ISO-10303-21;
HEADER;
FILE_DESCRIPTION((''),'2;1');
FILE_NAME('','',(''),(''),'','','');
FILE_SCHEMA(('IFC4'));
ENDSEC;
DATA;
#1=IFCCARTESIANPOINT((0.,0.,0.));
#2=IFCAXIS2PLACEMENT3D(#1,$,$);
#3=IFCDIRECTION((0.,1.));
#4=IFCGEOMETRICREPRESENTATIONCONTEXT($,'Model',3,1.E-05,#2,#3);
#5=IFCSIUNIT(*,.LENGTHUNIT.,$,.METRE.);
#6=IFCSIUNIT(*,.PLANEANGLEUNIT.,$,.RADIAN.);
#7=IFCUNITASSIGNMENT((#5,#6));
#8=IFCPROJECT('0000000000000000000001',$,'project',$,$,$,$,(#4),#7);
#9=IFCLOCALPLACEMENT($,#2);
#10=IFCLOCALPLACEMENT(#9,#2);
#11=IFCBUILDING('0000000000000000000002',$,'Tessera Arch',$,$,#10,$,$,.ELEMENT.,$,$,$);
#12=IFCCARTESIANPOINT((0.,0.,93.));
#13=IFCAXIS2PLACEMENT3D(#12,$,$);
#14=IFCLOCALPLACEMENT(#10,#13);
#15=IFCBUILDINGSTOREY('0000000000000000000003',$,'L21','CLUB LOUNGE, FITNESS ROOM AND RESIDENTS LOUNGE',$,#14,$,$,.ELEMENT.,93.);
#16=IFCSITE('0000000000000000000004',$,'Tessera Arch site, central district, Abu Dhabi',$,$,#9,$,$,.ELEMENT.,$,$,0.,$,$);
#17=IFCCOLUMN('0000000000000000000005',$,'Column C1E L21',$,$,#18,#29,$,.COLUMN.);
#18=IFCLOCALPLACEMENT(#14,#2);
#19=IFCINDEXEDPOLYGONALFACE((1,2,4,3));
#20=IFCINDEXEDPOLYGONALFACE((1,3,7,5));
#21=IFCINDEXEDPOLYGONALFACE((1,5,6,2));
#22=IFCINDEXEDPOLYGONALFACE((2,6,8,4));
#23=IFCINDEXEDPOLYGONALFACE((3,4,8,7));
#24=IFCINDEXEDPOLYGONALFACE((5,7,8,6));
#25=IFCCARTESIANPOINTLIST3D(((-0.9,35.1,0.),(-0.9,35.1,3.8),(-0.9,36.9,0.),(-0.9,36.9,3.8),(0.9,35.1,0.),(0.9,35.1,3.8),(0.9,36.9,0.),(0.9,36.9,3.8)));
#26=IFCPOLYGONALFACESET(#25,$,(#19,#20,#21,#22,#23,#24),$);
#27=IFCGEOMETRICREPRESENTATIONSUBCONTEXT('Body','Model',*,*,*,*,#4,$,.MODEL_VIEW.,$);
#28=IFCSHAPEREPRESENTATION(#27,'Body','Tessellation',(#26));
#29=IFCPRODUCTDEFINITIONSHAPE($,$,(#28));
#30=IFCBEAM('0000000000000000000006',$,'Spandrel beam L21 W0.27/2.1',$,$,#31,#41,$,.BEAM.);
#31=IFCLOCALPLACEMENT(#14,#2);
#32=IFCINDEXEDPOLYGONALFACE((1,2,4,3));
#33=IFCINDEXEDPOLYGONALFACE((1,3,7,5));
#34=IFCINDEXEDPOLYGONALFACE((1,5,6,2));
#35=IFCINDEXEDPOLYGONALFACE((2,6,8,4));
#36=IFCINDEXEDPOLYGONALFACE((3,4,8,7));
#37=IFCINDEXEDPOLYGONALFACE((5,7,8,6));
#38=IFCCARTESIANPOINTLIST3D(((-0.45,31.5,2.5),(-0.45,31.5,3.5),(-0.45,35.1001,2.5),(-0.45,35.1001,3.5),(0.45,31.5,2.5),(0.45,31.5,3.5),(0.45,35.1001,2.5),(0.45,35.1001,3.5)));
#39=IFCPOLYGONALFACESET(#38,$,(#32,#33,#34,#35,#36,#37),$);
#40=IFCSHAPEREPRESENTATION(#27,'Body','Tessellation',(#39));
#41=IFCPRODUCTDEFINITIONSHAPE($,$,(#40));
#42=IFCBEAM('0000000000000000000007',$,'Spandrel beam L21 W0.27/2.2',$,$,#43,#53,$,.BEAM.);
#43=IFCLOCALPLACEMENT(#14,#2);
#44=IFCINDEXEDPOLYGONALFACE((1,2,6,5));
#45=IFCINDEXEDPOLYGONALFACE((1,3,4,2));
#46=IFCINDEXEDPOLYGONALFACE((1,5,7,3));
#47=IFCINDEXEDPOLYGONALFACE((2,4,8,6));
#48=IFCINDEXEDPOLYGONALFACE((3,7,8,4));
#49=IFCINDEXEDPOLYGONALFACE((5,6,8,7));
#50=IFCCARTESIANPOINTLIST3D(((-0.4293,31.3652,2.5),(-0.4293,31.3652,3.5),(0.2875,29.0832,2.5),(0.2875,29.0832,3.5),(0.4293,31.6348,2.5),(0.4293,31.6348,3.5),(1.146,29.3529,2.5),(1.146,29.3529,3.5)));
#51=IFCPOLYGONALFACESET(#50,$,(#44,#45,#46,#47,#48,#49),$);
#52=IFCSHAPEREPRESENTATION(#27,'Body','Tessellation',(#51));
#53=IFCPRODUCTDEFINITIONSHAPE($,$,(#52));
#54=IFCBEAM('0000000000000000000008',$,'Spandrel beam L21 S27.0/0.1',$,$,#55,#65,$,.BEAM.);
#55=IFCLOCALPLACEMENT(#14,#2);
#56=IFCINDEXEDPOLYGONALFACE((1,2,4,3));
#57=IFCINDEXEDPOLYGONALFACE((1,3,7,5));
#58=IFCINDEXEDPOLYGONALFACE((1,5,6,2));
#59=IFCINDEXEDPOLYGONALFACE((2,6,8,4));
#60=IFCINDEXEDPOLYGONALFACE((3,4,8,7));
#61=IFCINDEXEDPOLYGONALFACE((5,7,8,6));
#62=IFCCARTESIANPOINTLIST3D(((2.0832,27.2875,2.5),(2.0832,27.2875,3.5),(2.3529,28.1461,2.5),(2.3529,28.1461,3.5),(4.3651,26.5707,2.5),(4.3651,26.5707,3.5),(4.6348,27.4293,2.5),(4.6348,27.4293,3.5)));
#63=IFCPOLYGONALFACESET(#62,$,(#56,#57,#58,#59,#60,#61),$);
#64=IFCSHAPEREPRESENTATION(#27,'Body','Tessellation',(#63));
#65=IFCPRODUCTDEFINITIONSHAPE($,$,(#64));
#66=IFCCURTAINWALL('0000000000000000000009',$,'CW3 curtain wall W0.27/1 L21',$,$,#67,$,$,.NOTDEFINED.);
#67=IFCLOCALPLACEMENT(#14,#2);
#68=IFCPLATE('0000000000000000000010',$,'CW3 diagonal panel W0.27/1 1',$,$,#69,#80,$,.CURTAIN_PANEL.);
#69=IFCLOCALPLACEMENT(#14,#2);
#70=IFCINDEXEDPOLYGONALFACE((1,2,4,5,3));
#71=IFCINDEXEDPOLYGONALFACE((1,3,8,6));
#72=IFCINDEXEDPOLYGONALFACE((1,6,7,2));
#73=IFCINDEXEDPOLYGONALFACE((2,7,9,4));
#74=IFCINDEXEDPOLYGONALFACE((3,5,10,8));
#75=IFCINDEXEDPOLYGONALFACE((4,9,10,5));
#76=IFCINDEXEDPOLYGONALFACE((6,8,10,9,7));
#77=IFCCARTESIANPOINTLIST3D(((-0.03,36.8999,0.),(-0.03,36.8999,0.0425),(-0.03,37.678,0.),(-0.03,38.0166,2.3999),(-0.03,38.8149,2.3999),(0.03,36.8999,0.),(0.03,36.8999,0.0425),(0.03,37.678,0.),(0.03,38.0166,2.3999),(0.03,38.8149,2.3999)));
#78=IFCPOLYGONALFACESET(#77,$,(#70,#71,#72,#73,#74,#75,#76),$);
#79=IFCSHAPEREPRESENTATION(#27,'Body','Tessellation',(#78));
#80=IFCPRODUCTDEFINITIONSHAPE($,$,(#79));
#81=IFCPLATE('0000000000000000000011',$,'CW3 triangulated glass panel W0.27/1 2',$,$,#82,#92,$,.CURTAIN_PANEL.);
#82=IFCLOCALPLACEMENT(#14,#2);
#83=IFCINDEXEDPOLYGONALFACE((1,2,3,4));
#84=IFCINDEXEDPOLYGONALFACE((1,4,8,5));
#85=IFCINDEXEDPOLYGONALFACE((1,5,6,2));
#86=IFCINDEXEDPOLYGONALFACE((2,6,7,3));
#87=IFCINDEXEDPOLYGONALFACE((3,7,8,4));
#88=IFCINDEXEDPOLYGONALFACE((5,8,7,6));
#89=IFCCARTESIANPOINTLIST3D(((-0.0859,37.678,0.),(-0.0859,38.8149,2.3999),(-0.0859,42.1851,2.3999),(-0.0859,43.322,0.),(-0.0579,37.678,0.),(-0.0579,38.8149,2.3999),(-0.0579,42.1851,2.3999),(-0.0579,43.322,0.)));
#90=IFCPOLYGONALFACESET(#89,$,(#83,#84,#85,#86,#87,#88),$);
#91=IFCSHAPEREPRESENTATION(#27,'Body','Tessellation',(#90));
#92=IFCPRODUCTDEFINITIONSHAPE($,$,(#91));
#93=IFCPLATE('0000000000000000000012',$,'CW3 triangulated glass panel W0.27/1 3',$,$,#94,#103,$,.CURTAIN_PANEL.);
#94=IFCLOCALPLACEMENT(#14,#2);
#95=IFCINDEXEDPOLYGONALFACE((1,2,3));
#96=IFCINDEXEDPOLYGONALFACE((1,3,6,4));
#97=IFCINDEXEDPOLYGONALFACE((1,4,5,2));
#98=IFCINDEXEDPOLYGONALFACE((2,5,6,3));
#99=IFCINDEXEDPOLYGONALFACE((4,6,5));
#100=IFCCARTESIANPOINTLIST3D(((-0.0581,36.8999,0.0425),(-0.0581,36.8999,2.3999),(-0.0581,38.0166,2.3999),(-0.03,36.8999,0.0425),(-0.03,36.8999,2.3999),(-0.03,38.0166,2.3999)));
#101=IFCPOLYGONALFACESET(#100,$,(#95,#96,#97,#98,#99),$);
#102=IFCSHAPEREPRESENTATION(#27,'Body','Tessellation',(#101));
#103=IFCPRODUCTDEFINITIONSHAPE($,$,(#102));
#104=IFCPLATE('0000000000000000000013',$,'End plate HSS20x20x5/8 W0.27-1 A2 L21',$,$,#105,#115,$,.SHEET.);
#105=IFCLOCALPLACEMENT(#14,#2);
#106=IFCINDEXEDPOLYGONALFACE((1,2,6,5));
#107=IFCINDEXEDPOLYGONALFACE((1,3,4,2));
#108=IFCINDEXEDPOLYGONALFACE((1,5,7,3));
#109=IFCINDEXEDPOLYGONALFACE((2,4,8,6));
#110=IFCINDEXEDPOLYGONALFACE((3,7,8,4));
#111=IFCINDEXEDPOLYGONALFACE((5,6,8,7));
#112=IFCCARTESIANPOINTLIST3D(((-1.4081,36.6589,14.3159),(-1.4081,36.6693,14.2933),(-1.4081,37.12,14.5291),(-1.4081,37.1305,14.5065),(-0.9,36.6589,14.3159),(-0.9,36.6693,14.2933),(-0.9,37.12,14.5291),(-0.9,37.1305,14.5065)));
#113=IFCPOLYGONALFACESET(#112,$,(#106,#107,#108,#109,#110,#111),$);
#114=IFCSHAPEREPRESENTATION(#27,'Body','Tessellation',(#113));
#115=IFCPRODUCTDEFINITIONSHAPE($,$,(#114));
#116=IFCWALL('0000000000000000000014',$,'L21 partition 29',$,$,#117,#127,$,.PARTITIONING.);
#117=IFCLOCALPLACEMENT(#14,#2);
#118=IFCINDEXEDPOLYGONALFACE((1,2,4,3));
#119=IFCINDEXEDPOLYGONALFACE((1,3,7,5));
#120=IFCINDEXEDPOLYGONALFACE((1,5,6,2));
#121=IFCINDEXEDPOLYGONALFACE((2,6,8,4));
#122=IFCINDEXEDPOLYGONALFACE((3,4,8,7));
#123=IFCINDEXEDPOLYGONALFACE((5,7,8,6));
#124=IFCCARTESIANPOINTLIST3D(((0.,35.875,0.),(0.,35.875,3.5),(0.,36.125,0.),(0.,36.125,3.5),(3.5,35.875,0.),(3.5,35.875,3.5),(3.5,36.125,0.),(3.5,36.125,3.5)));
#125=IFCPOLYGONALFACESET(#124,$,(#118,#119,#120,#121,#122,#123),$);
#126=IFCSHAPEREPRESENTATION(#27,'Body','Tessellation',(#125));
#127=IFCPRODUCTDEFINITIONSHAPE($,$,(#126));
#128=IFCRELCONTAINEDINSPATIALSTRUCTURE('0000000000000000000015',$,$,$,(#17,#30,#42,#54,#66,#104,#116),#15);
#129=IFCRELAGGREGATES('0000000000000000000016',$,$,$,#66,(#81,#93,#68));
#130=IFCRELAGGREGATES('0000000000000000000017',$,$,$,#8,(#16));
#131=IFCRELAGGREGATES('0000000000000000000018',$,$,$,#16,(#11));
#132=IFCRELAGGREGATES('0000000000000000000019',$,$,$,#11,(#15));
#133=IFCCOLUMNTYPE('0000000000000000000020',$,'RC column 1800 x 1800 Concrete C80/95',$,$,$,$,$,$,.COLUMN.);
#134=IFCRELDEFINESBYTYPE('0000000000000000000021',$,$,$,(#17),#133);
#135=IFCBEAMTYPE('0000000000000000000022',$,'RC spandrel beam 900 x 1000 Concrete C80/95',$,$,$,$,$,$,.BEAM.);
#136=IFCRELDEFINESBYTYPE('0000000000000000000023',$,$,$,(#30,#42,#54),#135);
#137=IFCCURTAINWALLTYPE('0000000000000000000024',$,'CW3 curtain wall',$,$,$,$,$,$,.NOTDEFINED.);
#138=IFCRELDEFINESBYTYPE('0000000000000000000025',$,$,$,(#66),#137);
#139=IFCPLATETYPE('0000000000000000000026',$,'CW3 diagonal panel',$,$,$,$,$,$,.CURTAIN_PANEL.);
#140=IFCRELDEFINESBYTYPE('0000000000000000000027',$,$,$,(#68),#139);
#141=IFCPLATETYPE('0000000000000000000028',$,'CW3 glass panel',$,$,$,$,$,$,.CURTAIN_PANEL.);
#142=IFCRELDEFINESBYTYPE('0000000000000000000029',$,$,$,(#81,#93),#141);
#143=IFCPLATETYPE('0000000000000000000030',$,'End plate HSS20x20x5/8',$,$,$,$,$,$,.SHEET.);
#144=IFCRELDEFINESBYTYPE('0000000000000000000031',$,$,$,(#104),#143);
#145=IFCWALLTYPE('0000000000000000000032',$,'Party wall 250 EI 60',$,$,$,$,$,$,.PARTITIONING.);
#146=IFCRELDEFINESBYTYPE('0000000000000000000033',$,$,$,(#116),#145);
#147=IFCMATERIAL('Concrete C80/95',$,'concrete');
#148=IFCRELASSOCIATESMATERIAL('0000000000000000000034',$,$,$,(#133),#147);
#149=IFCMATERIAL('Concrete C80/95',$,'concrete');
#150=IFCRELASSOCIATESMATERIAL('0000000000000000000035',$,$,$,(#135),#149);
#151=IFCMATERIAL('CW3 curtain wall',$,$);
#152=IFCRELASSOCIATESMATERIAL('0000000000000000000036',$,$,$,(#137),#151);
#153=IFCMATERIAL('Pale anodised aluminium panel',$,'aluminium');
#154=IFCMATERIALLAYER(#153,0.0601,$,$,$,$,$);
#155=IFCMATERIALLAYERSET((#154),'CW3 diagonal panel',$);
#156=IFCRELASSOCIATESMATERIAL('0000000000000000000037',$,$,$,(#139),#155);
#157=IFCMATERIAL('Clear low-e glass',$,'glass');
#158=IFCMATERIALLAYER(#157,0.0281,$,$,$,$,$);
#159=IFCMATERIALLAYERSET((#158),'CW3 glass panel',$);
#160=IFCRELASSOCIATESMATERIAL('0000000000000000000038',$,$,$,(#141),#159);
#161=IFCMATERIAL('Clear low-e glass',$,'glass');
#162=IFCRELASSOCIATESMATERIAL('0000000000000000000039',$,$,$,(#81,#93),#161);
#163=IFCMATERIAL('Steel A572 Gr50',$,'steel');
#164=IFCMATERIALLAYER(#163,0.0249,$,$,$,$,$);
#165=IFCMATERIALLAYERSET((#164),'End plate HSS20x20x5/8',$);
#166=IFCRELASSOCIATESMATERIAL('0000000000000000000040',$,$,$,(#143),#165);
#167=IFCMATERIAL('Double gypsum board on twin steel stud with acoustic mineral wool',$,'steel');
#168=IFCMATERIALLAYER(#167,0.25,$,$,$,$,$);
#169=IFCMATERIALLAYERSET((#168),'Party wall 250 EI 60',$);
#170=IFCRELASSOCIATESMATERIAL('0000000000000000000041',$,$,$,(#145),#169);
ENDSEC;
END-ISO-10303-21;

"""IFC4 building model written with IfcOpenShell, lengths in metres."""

from ifc_helpers import new_model, si_unit, direction, frame, frame_2d, origin, origin_2d, place, context, subcontext, project, spatial, polyline, rectangle, outline, extrude, material, layer, layer_set, material_profile, profile_set, type_object, element, aggregate, save


model = new_model("IFC4")

# Units and contexts
model_context = context("Model", 3, precision=1e-05, world=origin(), true_north=direction((0.0, 1.0)))
body_context = subcontext(model_context, "Body", "Model", "MODEL_VIEW")
ifc_project = project(units=[si_unit("LENGTHUNIT", "METRE"), si_unit("PLANEANGLEUNIT", "RADIAN")], contexts=[model_context])

# Site, building, storey
site_placement = place(None, origin())
site = spatial("IfcSite", under=ifc_project, at=site_placement, Name="Tessera Arch site, central district, Abu Dhabi", CompositionType="ELEMENT", RefElevation=0.0)
building_placement = place(site_placement, origin())
building = spatial("IfcBuilding", under=site, at=building_placement, Name="Tessera Arch", CompositionType="ELEMENT")
storey_placement = place(building_placement, frame((0.0, 0.0, 93.0)))
storey = spatial("IfcBuildingStorey", under=building, at=storey_placement, Name="L21", Description="CLUB LOUNGE, FITNESS ROOM AND RESIDENTS LOUNGE", CompositionType="ELEMENT", Elevation=93.0)

# Column
ifc_material_1 = material(Name="Concrete C80/95", Category="concrete")
ifc_material_profile_1 = material_profile(ifc_material_1, rectangle(XDim=1.8, YDim=1.8, at=origin_2d()), Name="RC column 1800 x 1800 Concrete C80/95")
ifc_profile_set_1 = profile_set([ifc_material_profile_1], Name="Concrete C80/95")
column_type = type_object("IfcColumnType", Name="RC column 1800 x 1800 Concrete C80/95", PredefinedType="COLUMN", material=ifc_profile_set_1)
column_placement = place(storey_placement, frame((0.0, 36.0, 0.0), z_axis=(0.0, 0.0, 1.0), x_axis=(1.0, 0.0, 0.0)))
element("IfcColumn", 1, at=column_placement, inside=storey, type_object=column_type, Name="Column C1E L21", PredefinedType="COLUMN", context=body_context, shape_type="SweptSolid", body=[
    extrude(rectangle(XDim=1.8, YDim=1.8, at=origin_2d()), origin(), (0.0, 0.0, 1.0), 3.8),
])

# Beams
ifc_material_2 = material(Name="Concrete C80/95", Category="concrete")
ifc_material_profile_2 = material_profile(ifc_material_2, rectangle(XDim=0.8999, YDim=1.0, at=origin_2d()), Name="RC spandrel beam 900 x 1000 Concrete C80/95")
ifc_profile_set_2 = profile_set([ifc_material_profile_2], Name="Concrete C80/95")
beam_type = type_object("IfcBeamType", Name="RC spandrel beam 900 x 1000 Concrete C80/95", PredefinedType="BEAM", material=ifc_profile_set_2)
beam_placement = place(storey_placement, frame((0.0, 35.1001, 3.0), z_axis=(0.0, -1.0, 0.0), x_axis=(1.0, 0.0, 0.0)))
element("IfcBeam", 2, at=beam_placement, inside=storey, type_object=beam_type, Name="Spandrel beam L21 W0.27/2.1", PredefinedType="BEAM", context=body_context, shape_type="SweptSolid", body=[
    extrude(rectangle(XDim=0.8999, YDim=1.0, at=origin_2d()), origin(), (0.0, 0.0, 1.0), 3.6001),
])
for number, where, z_axis, x_axis, name in (
    (3, (0.0, 31.5, 3.0), (0.299675, -0.954041, 0.0), (0.954041, 0.299675, 0.0), "Spandrel beam L21 W0.27/2.2"),
    (4, (2.218, 27.7168, 3.0), (0.954041, -0.299675, 0.0), (0.299675, 0.954041, 0.0), "Spandrel beam L21 S27.0/0.1"),
):
    element("IfcBeam", number, at=place(storey_placement, frame(where, z_axis=z_axis, x_axis=x_axis)), inside=storey, type_object=beam_type, Name=name, PredefinedType="BEAM", context=body_context, shape_type="SweptSolid", body=[
        extrude(rectangle(XDim=0.8999, YDim=1.0, at=origin_2d()), origin(), (0.0, 0.0, 1.0), 2.3918),
    ])

# Curtain wall, plates
ifc_material_3 = material(Name="CW3 curtain wall")
curtain_wall_type = type_object("IfcCurtainWallType", Name="CW3 curtain wall", PredefinedType="NOTDEFINED", material=ifc_material_3)
curtain_wall_placement = place(storey_placement, origin())
curtain_wall = element("IfcCurtainWall", 5, at=curtain_wall_placement, inside=storey, type_object=curtain_wall_type, Name="CW3 curtain wall W0.27/1 L21", PredefinedType="NOTDEFINED")
ifc_material_4 = material(Name="Pale anodised aluminium panel", Category="aluminium")
ifc_layer_1 = layer(ifc_material_4, 0.0601)
ifc_layer_set_1 = layer_set([ifc_layer_1], Name="CW3 diagonal panel")
plate_type_1 = type_object("IfcPlateType", Name="CW3 diagonal panel", PredefinedType="CURTAIN_PANEL", material=ifc_layer_set_1)
plate_1_placement = place(storey_placement, frame((-0.03, 36.8999, 0.0), z_axis=(-1.0, 0.0, 0.0), x_axis=(0.0, 0.0, 1.0)))
plate_1 = element("IfcPlate", 6, at=plate_1_placement, type_object=plate_type_1, Name="CW3 diagonal panel W0.27/1 1", PredefinedType="CURTAIN_PANEL", context=body_context, shape_type="SweptSolid", body=[
    extrude(outline(polyline([(0.0, 0.0), (0.0425, 0.0), (2.3999, 1.1167), (2.3999, 1.915), (0.0, 0.7781), (0.0, 0.0)])), origin(), (0.0, 0.0, -1.0), 0.0601),
])
ifc_material_5 = material(Name="Clear low-e glass", Category="glass")
ifc_material_6 = material(Name="Clear low-e glass", Category="glass")
ifc_layer_2 = layer(ifc_material_6, 0.0281)
ifc_layer_set_2 = layer_set([ifc_layer_2], Name="CW3 glass panel")
plate_type_2 = type_object("IfcPlateType", Name="CW3 glass panel", PredefinedType="CURTAIN_PANEL", material=ifc_layer_set_2)
plate_2_placement = place(storey_placement, frame((-0.0859, 38.8149, 2.3999), z_axis=(-1.0, 0.0, 0.0), x_axis=(0.0, 1.0, 0.0)))
plate_2 = element("IfcPlate", 7, at=plate_2_placement, type_object=plate_type_2, material=ifc_material_5, Name="CW3 triangulated glass panel W0.27/1 2", PredefinedType="CURTAIN_PANEL", context=body_context, shape_type="SweptSolid", body=[
    extrude(outline(polyline([(0.0, 0.0), (3.3701, 0.0), (4.5071, 2.3999), (-1.137, 2.3999), (0.0, 0.0)])), origin(), (0.0, 0.0, -1.0), 0.0281),
])
plate_3_placement = place(storey_placement, frame((-0.0581, 36.8999, 2.3999), z_axis=(-1.0, 0.0, 0.0), x_axis=(0.0, 1.0, 0.0)))
plate_3 = element("IfcPlate", 8, at=plate_3_placement, type_object=plate_type_2, material=ifc_material_5, Name="CW3 triangulated glass panel W0.27/1 3", PredefinedType="CURTAIN_PANEL", context=body_context, shape_type="SweptSolid", body=[
    extrude(outline(polyline([(0.0, 0.0), (1.1167, 0.0), (0.0, 2.3574), (0.0, 0.0)])), origin(), (0.0, 0.0, -1.0), 0.0281),
])
aggregate(curtain_wall, [plate_2, plate_3, plate_1])

# Plate
ifc_material_7 = material(Name="Steel A572 Gr50", Category="steel")
ifc_layer_3 = layer(ifc_material_7, 0.0249)
ifc_layer_set_3 = layer_set([ifc_layer_3], Name="End plate HSS20x20x5/8")
plate_type_3 = type_object("IfcPlateType", Name="End plate HSS20x20x5/8", PredefinedType="SHEET", material=ifc_layer_set_3)
plate_4_placement = place(storey_placement, frame((-1.1541, 36.8999, 14.3999), z_axis=(0.0, -0.419677, 0.907674), x_axis=(1.0, 0.0, 0.0)))
element("IfcPlate", 9, at=plate_4_placement, inside=storey, type_object=plate_type_3, Name="End plate HSS20x20x5/8 W0.27-1 A2 L21", PredefinedType="SHEET", context=body_context, shape_type="SweptSolid", body=[
    extrude(rectangle(XDim=0.5081, YDim=0.5081, at=origin_2d()), origin(), (0.0, 0.0, 1.0), 0.0249),
])

# Wall
ifc_material_8 = material(Name="Double gypsum board on twin steel stud with acoustic mineral wool", Category="steel")
ifc_layer_4 = layer(ifc_material_8, 0.25)
ifc_layer_set_4 = layer_set([ifc_layer_4], Name="Party wall 250 EI 60")
wall_type_1 = type_object("IfcWallType", Name="Party wall 250 EI 60", PredefinedType="PARTITIONING", material=ifc_layer_set_4)
wall_1_placement = place(storey_placement, frame((0.0, 36.0, 0.0), z_axis=(0.0, 0.0, 1.0), x_axis=(1.0, 0.0, 0.0)))
element("IfcWall", 10, at=wall_1_placement, inside=storey, type_object=wall_type_1, Name="L21 partition 29", PredefinedType="PARTITIONING", context=body_context, shape_type="SweptSolid", body=[
    extrude(rectangle(XDim=3.5, YDim=0.25, at=frame_2d((1.75, 0.0))), origin(), (0.0, 0.0, 1.0), 3.5),
])

save(model, "model.ifc")
